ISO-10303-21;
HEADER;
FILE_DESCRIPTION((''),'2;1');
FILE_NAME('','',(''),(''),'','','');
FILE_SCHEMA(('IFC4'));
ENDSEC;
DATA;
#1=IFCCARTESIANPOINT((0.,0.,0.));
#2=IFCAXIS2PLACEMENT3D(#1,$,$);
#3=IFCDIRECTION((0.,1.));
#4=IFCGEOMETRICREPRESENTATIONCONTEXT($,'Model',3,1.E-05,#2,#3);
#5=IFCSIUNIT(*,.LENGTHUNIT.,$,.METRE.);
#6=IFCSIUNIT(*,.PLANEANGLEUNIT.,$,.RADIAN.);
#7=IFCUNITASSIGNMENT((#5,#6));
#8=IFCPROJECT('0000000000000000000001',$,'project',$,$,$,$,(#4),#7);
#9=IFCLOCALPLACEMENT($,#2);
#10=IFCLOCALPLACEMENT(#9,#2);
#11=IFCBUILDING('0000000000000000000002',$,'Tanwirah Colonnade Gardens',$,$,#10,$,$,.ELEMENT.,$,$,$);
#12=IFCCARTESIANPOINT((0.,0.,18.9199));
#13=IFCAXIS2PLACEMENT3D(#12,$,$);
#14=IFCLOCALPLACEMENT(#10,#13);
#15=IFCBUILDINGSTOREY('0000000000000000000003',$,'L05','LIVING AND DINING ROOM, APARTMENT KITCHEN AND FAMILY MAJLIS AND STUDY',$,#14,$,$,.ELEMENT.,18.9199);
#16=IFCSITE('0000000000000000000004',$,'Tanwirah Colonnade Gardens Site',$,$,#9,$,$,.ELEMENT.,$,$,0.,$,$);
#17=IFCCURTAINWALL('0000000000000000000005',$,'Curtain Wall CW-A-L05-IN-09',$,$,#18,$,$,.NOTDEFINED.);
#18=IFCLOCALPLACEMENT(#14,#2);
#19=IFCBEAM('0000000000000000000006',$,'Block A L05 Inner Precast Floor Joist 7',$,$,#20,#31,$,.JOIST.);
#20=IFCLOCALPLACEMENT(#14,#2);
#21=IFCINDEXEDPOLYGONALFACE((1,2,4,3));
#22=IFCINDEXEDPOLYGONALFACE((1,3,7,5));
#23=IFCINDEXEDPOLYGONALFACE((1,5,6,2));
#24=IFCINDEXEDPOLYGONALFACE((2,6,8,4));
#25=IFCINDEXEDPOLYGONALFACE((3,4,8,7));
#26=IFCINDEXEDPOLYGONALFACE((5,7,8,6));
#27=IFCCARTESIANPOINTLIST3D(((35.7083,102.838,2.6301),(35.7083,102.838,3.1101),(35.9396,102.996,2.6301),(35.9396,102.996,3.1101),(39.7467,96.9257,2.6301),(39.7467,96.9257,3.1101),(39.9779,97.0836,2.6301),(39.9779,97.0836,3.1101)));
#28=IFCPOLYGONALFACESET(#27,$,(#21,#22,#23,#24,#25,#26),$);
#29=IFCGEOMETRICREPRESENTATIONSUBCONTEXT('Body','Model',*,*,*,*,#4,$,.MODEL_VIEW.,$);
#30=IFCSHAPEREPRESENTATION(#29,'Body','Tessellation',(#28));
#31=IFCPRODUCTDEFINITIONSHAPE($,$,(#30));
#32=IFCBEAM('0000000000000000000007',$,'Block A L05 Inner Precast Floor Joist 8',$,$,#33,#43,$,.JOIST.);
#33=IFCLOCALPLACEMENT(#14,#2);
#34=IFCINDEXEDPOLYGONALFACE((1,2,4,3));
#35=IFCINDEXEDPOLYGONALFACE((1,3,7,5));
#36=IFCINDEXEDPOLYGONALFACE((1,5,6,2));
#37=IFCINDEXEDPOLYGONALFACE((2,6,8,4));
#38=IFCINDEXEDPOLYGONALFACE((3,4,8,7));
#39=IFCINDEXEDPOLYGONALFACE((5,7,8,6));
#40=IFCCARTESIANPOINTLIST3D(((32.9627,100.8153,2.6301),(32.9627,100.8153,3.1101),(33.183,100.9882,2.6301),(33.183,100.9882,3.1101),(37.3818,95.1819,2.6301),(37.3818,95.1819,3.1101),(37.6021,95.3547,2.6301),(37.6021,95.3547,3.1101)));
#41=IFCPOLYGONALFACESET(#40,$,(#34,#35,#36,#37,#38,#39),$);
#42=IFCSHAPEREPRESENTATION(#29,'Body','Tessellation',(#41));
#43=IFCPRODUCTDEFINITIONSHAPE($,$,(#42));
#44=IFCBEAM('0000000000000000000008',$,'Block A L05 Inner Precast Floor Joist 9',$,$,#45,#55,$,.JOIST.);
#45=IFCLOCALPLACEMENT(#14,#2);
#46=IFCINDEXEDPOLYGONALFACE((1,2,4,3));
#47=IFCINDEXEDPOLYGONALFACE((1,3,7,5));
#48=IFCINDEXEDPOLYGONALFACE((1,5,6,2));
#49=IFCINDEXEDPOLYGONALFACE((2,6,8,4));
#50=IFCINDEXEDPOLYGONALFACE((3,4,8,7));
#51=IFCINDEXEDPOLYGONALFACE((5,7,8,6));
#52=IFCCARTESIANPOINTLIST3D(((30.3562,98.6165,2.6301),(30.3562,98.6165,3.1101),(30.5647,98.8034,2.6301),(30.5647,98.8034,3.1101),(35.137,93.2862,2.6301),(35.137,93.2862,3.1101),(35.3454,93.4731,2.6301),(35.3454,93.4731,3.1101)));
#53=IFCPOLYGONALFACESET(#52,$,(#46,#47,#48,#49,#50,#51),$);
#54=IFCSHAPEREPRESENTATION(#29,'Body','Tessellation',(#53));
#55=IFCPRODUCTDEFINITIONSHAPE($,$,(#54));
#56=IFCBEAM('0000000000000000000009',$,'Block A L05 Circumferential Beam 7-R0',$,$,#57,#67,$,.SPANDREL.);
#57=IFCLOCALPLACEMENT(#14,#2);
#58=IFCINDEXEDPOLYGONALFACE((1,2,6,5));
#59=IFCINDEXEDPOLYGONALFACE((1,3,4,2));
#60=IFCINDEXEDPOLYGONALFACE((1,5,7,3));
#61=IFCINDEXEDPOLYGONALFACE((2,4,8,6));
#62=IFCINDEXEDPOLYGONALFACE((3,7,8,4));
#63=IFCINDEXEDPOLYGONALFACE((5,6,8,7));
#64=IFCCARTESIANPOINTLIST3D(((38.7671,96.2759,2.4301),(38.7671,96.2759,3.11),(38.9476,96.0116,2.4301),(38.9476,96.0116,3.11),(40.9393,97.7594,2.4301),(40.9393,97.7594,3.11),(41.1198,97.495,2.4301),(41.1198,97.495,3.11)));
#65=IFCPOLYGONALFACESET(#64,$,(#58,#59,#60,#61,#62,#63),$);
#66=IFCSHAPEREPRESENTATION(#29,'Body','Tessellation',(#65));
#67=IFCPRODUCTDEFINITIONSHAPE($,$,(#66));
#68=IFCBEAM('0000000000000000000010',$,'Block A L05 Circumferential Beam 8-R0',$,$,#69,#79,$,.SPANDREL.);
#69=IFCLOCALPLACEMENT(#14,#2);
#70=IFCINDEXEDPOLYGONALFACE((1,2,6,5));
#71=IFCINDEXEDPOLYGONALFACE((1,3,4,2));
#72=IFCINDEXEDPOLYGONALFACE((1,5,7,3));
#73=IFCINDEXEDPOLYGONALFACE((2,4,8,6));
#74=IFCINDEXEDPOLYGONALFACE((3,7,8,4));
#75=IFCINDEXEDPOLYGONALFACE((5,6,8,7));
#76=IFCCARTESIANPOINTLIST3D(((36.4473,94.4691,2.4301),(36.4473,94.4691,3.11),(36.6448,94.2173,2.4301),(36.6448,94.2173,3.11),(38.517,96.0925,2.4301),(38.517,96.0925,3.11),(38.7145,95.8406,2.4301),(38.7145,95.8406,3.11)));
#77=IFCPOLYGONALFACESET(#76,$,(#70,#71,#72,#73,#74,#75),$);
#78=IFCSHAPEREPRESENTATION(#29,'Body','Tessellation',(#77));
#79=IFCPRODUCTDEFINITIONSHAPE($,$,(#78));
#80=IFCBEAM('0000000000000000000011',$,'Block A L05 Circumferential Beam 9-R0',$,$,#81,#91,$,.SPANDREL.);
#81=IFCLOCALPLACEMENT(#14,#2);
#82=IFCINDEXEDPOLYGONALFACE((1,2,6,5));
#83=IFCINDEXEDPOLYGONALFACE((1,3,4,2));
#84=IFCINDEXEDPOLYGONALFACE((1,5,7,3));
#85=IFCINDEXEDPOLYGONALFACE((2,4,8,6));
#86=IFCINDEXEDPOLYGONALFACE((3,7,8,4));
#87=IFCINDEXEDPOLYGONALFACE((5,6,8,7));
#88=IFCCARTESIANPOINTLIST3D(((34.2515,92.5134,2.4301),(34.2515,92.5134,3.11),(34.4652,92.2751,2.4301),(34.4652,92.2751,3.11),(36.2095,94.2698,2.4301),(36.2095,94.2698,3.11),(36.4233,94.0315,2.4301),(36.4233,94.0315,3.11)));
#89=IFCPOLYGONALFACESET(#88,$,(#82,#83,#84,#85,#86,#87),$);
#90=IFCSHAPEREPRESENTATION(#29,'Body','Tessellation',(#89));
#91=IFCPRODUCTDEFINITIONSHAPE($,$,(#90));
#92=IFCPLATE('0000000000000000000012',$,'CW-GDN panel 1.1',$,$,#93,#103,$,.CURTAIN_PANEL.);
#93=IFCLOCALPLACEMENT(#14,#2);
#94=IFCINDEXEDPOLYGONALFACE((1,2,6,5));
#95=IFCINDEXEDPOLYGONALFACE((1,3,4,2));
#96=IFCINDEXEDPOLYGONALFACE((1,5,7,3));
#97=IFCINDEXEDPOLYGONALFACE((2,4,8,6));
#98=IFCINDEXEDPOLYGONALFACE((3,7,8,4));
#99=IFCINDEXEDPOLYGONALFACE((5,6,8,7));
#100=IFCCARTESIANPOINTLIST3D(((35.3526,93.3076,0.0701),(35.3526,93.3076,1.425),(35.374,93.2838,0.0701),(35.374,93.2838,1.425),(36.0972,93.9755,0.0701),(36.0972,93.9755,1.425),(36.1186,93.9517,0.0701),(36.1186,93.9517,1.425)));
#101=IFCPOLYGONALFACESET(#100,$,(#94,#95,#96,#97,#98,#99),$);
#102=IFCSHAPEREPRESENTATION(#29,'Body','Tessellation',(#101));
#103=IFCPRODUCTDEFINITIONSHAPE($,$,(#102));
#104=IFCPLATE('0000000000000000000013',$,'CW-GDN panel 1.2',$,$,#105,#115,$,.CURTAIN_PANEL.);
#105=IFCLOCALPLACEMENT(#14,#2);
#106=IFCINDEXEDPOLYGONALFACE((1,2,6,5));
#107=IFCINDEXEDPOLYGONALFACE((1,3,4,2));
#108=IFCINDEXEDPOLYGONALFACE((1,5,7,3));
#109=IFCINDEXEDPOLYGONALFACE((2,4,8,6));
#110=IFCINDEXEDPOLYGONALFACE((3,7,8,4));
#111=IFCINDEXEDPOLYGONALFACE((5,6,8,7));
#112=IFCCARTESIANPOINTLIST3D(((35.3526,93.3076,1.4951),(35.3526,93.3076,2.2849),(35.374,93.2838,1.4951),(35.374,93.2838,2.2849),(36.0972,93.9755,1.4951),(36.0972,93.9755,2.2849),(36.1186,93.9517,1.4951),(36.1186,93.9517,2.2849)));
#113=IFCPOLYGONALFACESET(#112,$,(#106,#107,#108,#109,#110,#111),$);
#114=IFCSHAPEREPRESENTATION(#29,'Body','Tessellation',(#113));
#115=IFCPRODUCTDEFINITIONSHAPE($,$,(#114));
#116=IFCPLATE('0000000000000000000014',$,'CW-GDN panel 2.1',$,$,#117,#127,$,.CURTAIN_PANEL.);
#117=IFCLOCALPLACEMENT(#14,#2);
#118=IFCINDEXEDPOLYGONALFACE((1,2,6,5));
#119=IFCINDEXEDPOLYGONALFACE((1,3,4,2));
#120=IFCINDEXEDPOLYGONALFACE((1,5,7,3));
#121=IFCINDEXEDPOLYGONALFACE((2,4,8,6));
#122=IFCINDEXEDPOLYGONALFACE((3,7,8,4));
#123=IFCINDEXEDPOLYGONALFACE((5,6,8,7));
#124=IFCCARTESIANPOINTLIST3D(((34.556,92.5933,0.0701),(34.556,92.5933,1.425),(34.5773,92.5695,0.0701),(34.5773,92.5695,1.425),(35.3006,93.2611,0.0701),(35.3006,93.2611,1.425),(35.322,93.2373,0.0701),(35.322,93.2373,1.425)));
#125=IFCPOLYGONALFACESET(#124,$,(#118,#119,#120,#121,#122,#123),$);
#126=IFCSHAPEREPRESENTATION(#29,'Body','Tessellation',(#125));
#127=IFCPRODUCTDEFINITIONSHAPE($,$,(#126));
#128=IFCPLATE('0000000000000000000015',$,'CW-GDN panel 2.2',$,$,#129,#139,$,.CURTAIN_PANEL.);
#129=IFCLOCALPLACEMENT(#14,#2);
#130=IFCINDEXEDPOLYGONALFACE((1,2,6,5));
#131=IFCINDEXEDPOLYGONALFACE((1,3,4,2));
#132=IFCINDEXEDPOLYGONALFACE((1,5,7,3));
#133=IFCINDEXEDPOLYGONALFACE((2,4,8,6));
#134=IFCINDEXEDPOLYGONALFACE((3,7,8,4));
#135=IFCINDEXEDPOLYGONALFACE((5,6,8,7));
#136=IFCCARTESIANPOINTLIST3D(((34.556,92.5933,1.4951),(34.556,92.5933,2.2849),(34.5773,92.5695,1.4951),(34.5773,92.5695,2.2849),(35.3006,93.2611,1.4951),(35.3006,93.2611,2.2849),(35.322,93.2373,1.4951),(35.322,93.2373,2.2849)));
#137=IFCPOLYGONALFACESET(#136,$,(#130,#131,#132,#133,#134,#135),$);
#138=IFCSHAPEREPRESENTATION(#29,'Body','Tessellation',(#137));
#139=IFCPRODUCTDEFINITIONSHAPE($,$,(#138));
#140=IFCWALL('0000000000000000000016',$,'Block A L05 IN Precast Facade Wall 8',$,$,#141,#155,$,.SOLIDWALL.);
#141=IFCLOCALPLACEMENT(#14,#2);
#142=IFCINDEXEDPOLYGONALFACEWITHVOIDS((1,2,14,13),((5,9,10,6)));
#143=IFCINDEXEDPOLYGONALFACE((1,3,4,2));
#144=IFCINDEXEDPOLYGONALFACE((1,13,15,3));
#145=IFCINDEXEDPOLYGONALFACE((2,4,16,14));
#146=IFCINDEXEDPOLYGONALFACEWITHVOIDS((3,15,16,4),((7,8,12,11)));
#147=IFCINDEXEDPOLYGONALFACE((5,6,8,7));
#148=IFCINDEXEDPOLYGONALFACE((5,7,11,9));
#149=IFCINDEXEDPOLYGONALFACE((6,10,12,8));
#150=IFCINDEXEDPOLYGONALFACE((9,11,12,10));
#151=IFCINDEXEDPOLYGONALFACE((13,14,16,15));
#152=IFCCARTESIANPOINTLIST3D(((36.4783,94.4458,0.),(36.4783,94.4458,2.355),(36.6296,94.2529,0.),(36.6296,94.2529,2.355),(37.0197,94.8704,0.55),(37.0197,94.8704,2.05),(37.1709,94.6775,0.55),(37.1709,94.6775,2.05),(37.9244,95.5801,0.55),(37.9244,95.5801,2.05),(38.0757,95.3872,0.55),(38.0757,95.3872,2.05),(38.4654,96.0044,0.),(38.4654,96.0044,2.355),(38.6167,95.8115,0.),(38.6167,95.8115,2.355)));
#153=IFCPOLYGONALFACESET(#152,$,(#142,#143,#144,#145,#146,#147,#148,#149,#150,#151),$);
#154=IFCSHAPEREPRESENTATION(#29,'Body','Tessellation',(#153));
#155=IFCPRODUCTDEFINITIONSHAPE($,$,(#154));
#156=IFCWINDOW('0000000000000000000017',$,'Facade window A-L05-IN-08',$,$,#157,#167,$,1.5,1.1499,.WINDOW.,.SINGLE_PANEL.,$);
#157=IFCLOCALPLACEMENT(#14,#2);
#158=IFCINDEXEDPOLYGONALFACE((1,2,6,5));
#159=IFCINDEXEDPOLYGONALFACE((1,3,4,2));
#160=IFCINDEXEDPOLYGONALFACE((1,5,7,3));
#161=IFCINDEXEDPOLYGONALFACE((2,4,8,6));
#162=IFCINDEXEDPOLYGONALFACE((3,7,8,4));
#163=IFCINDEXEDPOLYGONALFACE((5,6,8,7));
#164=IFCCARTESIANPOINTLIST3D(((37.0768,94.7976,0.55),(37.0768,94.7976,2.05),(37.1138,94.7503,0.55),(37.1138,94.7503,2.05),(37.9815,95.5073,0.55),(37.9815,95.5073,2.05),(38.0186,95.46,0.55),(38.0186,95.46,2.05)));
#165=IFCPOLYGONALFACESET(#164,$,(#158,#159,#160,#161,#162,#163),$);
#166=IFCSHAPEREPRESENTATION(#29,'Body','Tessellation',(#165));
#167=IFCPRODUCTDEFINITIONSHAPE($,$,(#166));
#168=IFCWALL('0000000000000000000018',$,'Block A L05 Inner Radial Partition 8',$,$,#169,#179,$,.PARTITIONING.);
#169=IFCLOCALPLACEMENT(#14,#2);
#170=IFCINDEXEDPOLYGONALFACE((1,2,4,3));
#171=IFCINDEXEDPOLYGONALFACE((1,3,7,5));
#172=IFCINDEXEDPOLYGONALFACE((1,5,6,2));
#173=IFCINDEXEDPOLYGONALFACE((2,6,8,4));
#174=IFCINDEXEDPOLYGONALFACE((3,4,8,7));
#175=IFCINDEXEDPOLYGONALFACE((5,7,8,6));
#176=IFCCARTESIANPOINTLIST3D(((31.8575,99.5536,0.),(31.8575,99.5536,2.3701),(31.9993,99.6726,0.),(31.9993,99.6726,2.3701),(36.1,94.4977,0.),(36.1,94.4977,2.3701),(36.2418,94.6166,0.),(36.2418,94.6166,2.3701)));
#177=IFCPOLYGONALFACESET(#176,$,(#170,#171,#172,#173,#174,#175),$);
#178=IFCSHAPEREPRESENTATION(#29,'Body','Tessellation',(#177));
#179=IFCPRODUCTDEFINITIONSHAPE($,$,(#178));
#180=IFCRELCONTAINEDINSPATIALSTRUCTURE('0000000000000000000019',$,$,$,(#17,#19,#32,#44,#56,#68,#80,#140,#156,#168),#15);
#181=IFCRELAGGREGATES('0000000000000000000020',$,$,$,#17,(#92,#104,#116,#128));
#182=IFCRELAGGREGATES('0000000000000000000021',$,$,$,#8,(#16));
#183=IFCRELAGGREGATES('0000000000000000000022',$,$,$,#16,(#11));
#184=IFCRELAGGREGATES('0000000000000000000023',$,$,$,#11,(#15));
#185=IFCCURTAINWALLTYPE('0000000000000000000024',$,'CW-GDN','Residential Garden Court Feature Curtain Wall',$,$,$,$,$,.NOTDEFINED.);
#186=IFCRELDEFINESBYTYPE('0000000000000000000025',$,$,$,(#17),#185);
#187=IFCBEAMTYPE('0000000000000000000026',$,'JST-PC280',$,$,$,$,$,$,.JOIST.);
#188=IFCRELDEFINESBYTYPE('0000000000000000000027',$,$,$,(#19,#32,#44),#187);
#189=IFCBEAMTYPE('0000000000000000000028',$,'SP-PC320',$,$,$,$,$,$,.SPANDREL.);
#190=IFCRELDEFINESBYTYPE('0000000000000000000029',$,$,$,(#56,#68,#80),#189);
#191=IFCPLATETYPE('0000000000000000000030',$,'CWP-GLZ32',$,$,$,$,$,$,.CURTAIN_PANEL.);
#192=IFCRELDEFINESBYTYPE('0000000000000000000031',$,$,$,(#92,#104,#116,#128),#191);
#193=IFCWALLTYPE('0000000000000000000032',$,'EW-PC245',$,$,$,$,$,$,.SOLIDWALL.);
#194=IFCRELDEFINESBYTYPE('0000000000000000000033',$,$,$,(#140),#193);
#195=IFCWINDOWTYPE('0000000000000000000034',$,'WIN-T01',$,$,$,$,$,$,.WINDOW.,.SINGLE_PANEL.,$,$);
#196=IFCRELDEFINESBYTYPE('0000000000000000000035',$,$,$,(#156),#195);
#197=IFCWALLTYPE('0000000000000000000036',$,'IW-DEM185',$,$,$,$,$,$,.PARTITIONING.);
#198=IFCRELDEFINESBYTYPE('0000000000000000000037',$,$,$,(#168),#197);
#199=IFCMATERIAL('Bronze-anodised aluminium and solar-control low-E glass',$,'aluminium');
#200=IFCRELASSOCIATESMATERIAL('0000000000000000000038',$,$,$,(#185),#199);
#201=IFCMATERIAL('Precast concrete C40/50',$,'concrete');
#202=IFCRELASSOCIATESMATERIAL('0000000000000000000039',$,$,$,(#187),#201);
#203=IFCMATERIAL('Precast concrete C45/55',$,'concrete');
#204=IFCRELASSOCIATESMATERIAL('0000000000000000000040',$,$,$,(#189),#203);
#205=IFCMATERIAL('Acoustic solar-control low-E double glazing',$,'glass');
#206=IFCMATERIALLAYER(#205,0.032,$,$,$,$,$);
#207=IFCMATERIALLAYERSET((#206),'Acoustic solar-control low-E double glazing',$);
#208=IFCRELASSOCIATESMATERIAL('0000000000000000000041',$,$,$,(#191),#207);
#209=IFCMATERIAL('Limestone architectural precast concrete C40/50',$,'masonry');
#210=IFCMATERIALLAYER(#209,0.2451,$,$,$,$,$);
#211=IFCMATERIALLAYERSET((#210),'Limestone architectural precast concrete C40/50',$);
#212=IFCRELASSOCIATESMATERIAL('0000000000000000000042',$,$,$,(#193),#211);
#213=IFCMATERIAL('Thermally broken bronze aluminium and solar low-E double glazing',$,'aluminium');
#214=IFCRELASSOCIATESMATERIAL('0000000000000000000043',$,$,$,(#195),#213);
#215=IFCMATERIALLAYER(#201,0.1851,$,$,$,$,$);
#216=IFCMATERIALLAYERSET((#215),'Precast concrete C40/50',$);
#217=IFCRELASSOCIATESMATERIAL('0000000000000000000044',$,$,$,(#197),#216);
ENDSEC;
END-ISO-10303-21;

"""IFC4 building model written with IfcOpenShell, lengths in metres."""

from ifc_helpers import new_model, si_unit, direction, frame, frame_2d, origin, origin_2d, place, context, subcontext, project, spatial, rectangle, extrude, material, layer, layer_set, material_profile, profile_set, type_object, element, fill, aggregate, save


model = new_model("IFC4")

# Units and contexts
model_context = context("Model", 3, precision=1e-05, world=origin(), true_north=direction((0.0, 1.0)))
body_context = subcontext(model_context, "Body", "Model", "MODEL_VIEW")
ifc_project = project(units=[si_unit("LENGTHUNIT", "METRE"), si_unit("PLANEANGLEUNIT", "RADIAN")], contexts=[model_context])

# Site, building, storey
site_placement = place(None, origin())
site = spatial("IfcSite", under=ifc_project, at=site_placement, Name="Tanwirah Colonnade Gardens Site", CompositionType="ELEMENT", RefElevation=0.0)
building_placement = place(site_placement, origin())
building = spatial("IfcBuilding", under=site, at=building_placement, Name="Tanwirah Colonnade Gardens", CompositionType="ELEMENT")
storey_placement = place(building_placement, frame((0.0, 0.0, 18.9199)))
storey = spatial("IfcBuildingStorey", under=building, at=storey_placement, Name="L05", Description="LIVING AND DINING ROOM, APARTMENT KITCHEN AND FAMILY MAJLIS AND STUDY", CompositionType="ELEMENT", Elevation=18.9199)

# Shared definitions
ifc_material_1 = material(Name="Precast concrete C45/55", Category="concrete")
ifc_material_2 = material(Name="Precast concrete C40/50", Category="concrete")

# Curtain wall
ifc_material_3 = material(Name="Bronze-anodised aluminium and solar-control low-E glass", Category="aluminium")
curtain_wall_type = type_object("IfcCurtainWallType", Name="CW-GDN", Description="Residential Garden Court Feature Curtain Wall", PredefinedType="NOTDEFINED", material=ifc_material_3)
curtain_wall_placement = place(storey_placement, origin())
curtain_wall = element("IfcCurtainWall", 1, at=curtain_wall_placement, inside=storey, type_object=curtain_wall_type, Name="Curtain Wall CW-A-L05-IN-09", PredefinedType="NOTDEFINED")

# Beams
ifc_material_profile_1 = material_profile(ifc_material_2, rectangle(XDim=0.28, YDim=0.48, at=origin_2d()), Name="PC-JST 280x480")
ifc_profile_set_1 = profile_set([ifc_material_profile_1], Name="Precast concrete C40/50")
beam_type_1 = type_object("IfcBeamType", Name="JST-PC280", PredefinedType="JOIST", material=ifc_profile_set_1)
for number, where, z_axis, x_axis, name in (
    (2, (39.8623, 97.0046, 2.8701), (-0.564021, 0.82576, 0.0), (-0.82576, -0.564021, 0.0), "Block A L05 Inner Precast Floor Joist 7"),
    (3, (37.4919, 95.2683, 2.8701), (-0.617202, 0.786804, 0.0), (-0.786804, -0.617202, 0.0), "Block A L05 Inner Precast Floor Joist 8"),
):
    element("IfcBeam", number, at=place(storey_placement, frame(where, z_axis=z_axis, x_axis=x_axis)), inside=storey, type_object=beam_type_1, Name=name, PredefinedType="JOIST", context=body_context, shape_type="SweptSolid", body=[
        extrude(rectangle(XDim=0.28, YDim=0.48, at=origin_2d()), origin(), (0.0, 0.0, 1.0), 7.1599),
    ])
beam_placement = place(storey_placement, frame((35.2412, 93.3796, 2.8701), z_axis=(-0.667688, 0.744441, 0.0), x_axis=(-0.744441, -0.667688, 0.0)))
element("IfcBeam", 4, at=beam_placement, inside=storey, type_object=beam_type_1, Name="Block A L05 Inner Precast Floor Joist 9", PredefinedType="JOIST", context=body_context, shape_type="SweptSolid", body=[
    extrude(rectangle(XDim=0.28, YDim=0.48, at=origin_2d()), origin(), (0.0, 0.0, 1.0), 7.1602),
])
ifc_material_profile_2 = material_profile(ifc_material_1, rectangle(XDim=0.3201, YDim=0.6799, at=origin_2d()), Name="PC-SP 320x680")
ifc_profile_set_2 = profile_set([ifc_material_profile_2], Name="Precast concrete C45/55")
beam_type_2 = type_object("IfcBeamType", Name="SP-PC320", PredefinedType="SPANDREL", material=ifc_profile_set_2)
for number, where, z_axis, x_axis, name in (
    (5, (41.0295, 97.6272, 2.77), (-0.825801, -0.563962, 0.0), (0.563962, -0.825801, 0.0), "Block A L05 Circumferential Beam 7-R0"),
    (6, (38.6157, 95.9666, 2.77), (-0.786837, -0.617161, 0.0), (0.617161, -0.786837, 0.0), "Block A L05 Circumferential Beam 8-R0"),
    (7, (36.3164, 94.1506, 2.77), (-0.744401, -0.667733, 0.0), (0.667733, -0.744401, 0.0), "Block A L05 Circumferential Beam 9-R0"),
):
    element("IfcBeam", number, at=place(storey_placement, frame(where, z_axis=z_axis, x_axis=x_axis)), inside=storey, type_object=beam_type_2, Name=name, PredefinedType="SPANDREL", context=body_context, shape_type="SweptSolid", body=[
        extrude(rectangle(XDim=0.3201, YDim=0.6799, at=origin_2d()), origin(), (0.0, 0.0, 1.0), 2.6304),
    ])

# Plates
ifc_material_4 = material(Name="Acoustic solar-control low-E double glazing", Category="glass")
ifc_layer_1 = layer(ifc_material_4, 0.032)
ifc_layer_set_1 = layer_set([ifc_layer_1], Name="Acoustic solar-control low-E double glazing")
plate_type = type_object("IfcPlateType", Name="CWP-GLZ32", PredefinedType="CURTAIN_PANEL", material=ifc_layer_set_1)
plate_1_placement = place(storey_placement, frame((35.7356, 93.6296, 0.0701), z_axis=(0.0, 0.0, 1.0), x_axis=(-0.74444, -0.667689, 0.0)))
plate_1 = element("IfcPlate", 8, at=plate_1_placement, type_object=plate_type, Name="CW-GDN panel 1.1", PredefinedType="CURTAIN_PANEL", context=body_context, shape_type="SweptSolid", body=[
    extrude(rectangle(XDim=1.0002, YDim=0.032, at=origin_2d()), origin(), (0.0, 0.0, 1.0), 1.355),
])
plate_2_placement = place(storey_placement, frame((35.7356, 93.6296, 1.4951), z_axis=(0.0, 0.0, 1.0), x_axis=(-0.74444, -0.667689, 0.0)))
plate_2 = element("IfcPlate", 9, at=plate_2_placement, type_object=plate_type, Name="CW-GDN panel 1.2", PredefinedType="CURTAIN_PANEL", context=body_context, shape_type="SweptSolid", body=[
    extrude(rectangle(XDim=1.0002, YDim=0.032, at=origin_2d()), origin(), (0.0, 0.0, 1.0), 0.7898),
])
plate_3_placement = place(storey_placement, frame((34.939, 92.9153, 0.0701), z_axis=(0.0, 0.0, 1.0), x_axis=(-0.74444, -0.667689, 0.0)))
plate_3 = element("IfcPlate", 10, at=plate_3_placement, type_object=plate_type, Name="CW-GDN panel 2.1", PredefinedType="CURTAIN_PANEL", context=body_context, shape_type="SweptSolid", body=[
    extrude(rectangle(XDim=1.0002, YDim=0.032, at=origin_2d()), origin(), (0.0, 0.0, 1.0), 1.355),
])
plate_4_placement = place(storey_placement, frame((34.939, 92.9153, 1.4951), z_axis=(0.0, 0.0, 1.0), x_axis=(-0.74444, -0.667689, 0.0)))
plate_4 = element("IfcPlate", 11, at=plate_4_placement, type_object=plate_type, Name="CW-GDN panel 2.2", PredefinedType="CURTAIN_PANEL", context=body_context, shape_type="SweptSolid", body=[
    extrude(rectangle(XDim=1.0002, YDim=0.032, at=origin_2d()), origin(), (0.0, 0.0, 1.0), 0.7898),
])
aggregate(curtain_wall, [plate_1, plate_2, plate_3, plate_4])

# Wall, opening, window
ifc_material_5 = material(Name="Limestone architectural precast concrete C40/50", Category="masonry")
ifc_layer_2 = layer(ifc_material_5, 0.2451)
ifc_layer_set_2 = layer_set([ifc_layer_2], Name="Limestone architectural precast concrete C40/50")
wall_type_1 = type_object("IfcWallType", Name="EW-PC245", PredefinedType="SOLIDWALL", material=ifc_layer_set_2)
wall_1_placement = place(storey_placement, frame((38.541, 95.908, 0.0), z_axis=(0.0, 0.0, 1.0), x_axis=(-0.786831, -0.617168, 0.0)))
wall_1 = element("IfcWall", 12, at=wall_1_placement, inside=storey, type_object=wall_type_1, Name="Block A L05 IN Precast Facade Wall 8", PredefinedType="SOLIDWALL", context=body_context, shape_type="SweptSolid", body=[
    extrude(rectangle(XDim=2.5254, YDim=0.2451, at=frame_2d((1.2627, 0.0))), origin(), (0.0, 0.0, 1.0), 2.355),
])
opening_1_placement = place(wall_1_placement, frame((0.6875, 0.0, 0.55)))
opening_1 = element("IfcOpeningElement", 13, at=opening_1_placement, cuts=wall_1, PredefinedType="OPENING", context=body_context, shape_type="SweptSolid", body=[
    extrude(rectangle(XDim=1.1499, YDim=1.5, at=frame_2d((0.575, 0.75))), frame((0.0, 0.1326, 0.0), z_axis=(0.0, -1.0, 0.0), x_axis=(1.0, 0.0, 0.0)), (0.0, 0.0, 1.0), 0.2651),
])
ifc_material_6 = material(Name="Thermally broken bronze aluminium and solar low-E double glazing", Category="aluminium")
window_type = type_object("IfcWindowType", Name="WIN-T01", PartitioningType="SINGLE_PANEL", PredefinedType="WINDOW", material=ifc_material_6)
window_placement = place(opening_1_placement, origin())
window = element("IfcWindow", 14, at=window_placement, inside=storey, type_object=window_type, Name="Facade window A-L05-IN-08", OverallHeight=1.5, OverallWidth=1.1499, PartitioningType="SINGLE_PANEL", PredefinedType="WINDOW", context=body_context, shape_type="SweptSolid", body=[
    extrude(rectangle(XDim=1.1499, YDim=1.5, at=frame_2d((0.575, 0.75))), frame((0.0, 0.03, 0.0), z_axis=(0.0, -1.0, 0.0), x_axis=(1.0, 0.0, 0.0)), (0.0, 0.0, 1.0), 0.0601),
])
fill(opening_1, window)

# Wall
ifc_layer_3 = layer(ifc_material_2, 0.1851)
ifc_layer_set_3 = layer_set([ifc_layer_3], Name="Precast concrete C40/50")
wall_type_2 = type_object("IfcWallType", Name="IW-DEM185", PredefinedType="PARTITIONING", material=ifc_layer_set_3)
wall_2_placement = place(storey_placement, frame((36.1709, 94.5571, 0.0), z_axis=(0.0, 0.0, 1.0), x_axis=(-0.642789, 0.766043, 0.0)))
element("IfcWall", 15, at=wall_2_placement, inside=storey, type_object=wall_type_2, Name="Block A L05 Inner Radial Partition 8", PredefinedType="PARTITIONING", context=body_context, shape_type="SweptSolid", body=[
    extrude(rectangle(XDim=6.6001, YDim=0.1851, at=frame_2d((3.3, 0.0))), origin(), (0.0, 0.0, 1.0), 2.3701),
])

save(model, "model.ifc")
